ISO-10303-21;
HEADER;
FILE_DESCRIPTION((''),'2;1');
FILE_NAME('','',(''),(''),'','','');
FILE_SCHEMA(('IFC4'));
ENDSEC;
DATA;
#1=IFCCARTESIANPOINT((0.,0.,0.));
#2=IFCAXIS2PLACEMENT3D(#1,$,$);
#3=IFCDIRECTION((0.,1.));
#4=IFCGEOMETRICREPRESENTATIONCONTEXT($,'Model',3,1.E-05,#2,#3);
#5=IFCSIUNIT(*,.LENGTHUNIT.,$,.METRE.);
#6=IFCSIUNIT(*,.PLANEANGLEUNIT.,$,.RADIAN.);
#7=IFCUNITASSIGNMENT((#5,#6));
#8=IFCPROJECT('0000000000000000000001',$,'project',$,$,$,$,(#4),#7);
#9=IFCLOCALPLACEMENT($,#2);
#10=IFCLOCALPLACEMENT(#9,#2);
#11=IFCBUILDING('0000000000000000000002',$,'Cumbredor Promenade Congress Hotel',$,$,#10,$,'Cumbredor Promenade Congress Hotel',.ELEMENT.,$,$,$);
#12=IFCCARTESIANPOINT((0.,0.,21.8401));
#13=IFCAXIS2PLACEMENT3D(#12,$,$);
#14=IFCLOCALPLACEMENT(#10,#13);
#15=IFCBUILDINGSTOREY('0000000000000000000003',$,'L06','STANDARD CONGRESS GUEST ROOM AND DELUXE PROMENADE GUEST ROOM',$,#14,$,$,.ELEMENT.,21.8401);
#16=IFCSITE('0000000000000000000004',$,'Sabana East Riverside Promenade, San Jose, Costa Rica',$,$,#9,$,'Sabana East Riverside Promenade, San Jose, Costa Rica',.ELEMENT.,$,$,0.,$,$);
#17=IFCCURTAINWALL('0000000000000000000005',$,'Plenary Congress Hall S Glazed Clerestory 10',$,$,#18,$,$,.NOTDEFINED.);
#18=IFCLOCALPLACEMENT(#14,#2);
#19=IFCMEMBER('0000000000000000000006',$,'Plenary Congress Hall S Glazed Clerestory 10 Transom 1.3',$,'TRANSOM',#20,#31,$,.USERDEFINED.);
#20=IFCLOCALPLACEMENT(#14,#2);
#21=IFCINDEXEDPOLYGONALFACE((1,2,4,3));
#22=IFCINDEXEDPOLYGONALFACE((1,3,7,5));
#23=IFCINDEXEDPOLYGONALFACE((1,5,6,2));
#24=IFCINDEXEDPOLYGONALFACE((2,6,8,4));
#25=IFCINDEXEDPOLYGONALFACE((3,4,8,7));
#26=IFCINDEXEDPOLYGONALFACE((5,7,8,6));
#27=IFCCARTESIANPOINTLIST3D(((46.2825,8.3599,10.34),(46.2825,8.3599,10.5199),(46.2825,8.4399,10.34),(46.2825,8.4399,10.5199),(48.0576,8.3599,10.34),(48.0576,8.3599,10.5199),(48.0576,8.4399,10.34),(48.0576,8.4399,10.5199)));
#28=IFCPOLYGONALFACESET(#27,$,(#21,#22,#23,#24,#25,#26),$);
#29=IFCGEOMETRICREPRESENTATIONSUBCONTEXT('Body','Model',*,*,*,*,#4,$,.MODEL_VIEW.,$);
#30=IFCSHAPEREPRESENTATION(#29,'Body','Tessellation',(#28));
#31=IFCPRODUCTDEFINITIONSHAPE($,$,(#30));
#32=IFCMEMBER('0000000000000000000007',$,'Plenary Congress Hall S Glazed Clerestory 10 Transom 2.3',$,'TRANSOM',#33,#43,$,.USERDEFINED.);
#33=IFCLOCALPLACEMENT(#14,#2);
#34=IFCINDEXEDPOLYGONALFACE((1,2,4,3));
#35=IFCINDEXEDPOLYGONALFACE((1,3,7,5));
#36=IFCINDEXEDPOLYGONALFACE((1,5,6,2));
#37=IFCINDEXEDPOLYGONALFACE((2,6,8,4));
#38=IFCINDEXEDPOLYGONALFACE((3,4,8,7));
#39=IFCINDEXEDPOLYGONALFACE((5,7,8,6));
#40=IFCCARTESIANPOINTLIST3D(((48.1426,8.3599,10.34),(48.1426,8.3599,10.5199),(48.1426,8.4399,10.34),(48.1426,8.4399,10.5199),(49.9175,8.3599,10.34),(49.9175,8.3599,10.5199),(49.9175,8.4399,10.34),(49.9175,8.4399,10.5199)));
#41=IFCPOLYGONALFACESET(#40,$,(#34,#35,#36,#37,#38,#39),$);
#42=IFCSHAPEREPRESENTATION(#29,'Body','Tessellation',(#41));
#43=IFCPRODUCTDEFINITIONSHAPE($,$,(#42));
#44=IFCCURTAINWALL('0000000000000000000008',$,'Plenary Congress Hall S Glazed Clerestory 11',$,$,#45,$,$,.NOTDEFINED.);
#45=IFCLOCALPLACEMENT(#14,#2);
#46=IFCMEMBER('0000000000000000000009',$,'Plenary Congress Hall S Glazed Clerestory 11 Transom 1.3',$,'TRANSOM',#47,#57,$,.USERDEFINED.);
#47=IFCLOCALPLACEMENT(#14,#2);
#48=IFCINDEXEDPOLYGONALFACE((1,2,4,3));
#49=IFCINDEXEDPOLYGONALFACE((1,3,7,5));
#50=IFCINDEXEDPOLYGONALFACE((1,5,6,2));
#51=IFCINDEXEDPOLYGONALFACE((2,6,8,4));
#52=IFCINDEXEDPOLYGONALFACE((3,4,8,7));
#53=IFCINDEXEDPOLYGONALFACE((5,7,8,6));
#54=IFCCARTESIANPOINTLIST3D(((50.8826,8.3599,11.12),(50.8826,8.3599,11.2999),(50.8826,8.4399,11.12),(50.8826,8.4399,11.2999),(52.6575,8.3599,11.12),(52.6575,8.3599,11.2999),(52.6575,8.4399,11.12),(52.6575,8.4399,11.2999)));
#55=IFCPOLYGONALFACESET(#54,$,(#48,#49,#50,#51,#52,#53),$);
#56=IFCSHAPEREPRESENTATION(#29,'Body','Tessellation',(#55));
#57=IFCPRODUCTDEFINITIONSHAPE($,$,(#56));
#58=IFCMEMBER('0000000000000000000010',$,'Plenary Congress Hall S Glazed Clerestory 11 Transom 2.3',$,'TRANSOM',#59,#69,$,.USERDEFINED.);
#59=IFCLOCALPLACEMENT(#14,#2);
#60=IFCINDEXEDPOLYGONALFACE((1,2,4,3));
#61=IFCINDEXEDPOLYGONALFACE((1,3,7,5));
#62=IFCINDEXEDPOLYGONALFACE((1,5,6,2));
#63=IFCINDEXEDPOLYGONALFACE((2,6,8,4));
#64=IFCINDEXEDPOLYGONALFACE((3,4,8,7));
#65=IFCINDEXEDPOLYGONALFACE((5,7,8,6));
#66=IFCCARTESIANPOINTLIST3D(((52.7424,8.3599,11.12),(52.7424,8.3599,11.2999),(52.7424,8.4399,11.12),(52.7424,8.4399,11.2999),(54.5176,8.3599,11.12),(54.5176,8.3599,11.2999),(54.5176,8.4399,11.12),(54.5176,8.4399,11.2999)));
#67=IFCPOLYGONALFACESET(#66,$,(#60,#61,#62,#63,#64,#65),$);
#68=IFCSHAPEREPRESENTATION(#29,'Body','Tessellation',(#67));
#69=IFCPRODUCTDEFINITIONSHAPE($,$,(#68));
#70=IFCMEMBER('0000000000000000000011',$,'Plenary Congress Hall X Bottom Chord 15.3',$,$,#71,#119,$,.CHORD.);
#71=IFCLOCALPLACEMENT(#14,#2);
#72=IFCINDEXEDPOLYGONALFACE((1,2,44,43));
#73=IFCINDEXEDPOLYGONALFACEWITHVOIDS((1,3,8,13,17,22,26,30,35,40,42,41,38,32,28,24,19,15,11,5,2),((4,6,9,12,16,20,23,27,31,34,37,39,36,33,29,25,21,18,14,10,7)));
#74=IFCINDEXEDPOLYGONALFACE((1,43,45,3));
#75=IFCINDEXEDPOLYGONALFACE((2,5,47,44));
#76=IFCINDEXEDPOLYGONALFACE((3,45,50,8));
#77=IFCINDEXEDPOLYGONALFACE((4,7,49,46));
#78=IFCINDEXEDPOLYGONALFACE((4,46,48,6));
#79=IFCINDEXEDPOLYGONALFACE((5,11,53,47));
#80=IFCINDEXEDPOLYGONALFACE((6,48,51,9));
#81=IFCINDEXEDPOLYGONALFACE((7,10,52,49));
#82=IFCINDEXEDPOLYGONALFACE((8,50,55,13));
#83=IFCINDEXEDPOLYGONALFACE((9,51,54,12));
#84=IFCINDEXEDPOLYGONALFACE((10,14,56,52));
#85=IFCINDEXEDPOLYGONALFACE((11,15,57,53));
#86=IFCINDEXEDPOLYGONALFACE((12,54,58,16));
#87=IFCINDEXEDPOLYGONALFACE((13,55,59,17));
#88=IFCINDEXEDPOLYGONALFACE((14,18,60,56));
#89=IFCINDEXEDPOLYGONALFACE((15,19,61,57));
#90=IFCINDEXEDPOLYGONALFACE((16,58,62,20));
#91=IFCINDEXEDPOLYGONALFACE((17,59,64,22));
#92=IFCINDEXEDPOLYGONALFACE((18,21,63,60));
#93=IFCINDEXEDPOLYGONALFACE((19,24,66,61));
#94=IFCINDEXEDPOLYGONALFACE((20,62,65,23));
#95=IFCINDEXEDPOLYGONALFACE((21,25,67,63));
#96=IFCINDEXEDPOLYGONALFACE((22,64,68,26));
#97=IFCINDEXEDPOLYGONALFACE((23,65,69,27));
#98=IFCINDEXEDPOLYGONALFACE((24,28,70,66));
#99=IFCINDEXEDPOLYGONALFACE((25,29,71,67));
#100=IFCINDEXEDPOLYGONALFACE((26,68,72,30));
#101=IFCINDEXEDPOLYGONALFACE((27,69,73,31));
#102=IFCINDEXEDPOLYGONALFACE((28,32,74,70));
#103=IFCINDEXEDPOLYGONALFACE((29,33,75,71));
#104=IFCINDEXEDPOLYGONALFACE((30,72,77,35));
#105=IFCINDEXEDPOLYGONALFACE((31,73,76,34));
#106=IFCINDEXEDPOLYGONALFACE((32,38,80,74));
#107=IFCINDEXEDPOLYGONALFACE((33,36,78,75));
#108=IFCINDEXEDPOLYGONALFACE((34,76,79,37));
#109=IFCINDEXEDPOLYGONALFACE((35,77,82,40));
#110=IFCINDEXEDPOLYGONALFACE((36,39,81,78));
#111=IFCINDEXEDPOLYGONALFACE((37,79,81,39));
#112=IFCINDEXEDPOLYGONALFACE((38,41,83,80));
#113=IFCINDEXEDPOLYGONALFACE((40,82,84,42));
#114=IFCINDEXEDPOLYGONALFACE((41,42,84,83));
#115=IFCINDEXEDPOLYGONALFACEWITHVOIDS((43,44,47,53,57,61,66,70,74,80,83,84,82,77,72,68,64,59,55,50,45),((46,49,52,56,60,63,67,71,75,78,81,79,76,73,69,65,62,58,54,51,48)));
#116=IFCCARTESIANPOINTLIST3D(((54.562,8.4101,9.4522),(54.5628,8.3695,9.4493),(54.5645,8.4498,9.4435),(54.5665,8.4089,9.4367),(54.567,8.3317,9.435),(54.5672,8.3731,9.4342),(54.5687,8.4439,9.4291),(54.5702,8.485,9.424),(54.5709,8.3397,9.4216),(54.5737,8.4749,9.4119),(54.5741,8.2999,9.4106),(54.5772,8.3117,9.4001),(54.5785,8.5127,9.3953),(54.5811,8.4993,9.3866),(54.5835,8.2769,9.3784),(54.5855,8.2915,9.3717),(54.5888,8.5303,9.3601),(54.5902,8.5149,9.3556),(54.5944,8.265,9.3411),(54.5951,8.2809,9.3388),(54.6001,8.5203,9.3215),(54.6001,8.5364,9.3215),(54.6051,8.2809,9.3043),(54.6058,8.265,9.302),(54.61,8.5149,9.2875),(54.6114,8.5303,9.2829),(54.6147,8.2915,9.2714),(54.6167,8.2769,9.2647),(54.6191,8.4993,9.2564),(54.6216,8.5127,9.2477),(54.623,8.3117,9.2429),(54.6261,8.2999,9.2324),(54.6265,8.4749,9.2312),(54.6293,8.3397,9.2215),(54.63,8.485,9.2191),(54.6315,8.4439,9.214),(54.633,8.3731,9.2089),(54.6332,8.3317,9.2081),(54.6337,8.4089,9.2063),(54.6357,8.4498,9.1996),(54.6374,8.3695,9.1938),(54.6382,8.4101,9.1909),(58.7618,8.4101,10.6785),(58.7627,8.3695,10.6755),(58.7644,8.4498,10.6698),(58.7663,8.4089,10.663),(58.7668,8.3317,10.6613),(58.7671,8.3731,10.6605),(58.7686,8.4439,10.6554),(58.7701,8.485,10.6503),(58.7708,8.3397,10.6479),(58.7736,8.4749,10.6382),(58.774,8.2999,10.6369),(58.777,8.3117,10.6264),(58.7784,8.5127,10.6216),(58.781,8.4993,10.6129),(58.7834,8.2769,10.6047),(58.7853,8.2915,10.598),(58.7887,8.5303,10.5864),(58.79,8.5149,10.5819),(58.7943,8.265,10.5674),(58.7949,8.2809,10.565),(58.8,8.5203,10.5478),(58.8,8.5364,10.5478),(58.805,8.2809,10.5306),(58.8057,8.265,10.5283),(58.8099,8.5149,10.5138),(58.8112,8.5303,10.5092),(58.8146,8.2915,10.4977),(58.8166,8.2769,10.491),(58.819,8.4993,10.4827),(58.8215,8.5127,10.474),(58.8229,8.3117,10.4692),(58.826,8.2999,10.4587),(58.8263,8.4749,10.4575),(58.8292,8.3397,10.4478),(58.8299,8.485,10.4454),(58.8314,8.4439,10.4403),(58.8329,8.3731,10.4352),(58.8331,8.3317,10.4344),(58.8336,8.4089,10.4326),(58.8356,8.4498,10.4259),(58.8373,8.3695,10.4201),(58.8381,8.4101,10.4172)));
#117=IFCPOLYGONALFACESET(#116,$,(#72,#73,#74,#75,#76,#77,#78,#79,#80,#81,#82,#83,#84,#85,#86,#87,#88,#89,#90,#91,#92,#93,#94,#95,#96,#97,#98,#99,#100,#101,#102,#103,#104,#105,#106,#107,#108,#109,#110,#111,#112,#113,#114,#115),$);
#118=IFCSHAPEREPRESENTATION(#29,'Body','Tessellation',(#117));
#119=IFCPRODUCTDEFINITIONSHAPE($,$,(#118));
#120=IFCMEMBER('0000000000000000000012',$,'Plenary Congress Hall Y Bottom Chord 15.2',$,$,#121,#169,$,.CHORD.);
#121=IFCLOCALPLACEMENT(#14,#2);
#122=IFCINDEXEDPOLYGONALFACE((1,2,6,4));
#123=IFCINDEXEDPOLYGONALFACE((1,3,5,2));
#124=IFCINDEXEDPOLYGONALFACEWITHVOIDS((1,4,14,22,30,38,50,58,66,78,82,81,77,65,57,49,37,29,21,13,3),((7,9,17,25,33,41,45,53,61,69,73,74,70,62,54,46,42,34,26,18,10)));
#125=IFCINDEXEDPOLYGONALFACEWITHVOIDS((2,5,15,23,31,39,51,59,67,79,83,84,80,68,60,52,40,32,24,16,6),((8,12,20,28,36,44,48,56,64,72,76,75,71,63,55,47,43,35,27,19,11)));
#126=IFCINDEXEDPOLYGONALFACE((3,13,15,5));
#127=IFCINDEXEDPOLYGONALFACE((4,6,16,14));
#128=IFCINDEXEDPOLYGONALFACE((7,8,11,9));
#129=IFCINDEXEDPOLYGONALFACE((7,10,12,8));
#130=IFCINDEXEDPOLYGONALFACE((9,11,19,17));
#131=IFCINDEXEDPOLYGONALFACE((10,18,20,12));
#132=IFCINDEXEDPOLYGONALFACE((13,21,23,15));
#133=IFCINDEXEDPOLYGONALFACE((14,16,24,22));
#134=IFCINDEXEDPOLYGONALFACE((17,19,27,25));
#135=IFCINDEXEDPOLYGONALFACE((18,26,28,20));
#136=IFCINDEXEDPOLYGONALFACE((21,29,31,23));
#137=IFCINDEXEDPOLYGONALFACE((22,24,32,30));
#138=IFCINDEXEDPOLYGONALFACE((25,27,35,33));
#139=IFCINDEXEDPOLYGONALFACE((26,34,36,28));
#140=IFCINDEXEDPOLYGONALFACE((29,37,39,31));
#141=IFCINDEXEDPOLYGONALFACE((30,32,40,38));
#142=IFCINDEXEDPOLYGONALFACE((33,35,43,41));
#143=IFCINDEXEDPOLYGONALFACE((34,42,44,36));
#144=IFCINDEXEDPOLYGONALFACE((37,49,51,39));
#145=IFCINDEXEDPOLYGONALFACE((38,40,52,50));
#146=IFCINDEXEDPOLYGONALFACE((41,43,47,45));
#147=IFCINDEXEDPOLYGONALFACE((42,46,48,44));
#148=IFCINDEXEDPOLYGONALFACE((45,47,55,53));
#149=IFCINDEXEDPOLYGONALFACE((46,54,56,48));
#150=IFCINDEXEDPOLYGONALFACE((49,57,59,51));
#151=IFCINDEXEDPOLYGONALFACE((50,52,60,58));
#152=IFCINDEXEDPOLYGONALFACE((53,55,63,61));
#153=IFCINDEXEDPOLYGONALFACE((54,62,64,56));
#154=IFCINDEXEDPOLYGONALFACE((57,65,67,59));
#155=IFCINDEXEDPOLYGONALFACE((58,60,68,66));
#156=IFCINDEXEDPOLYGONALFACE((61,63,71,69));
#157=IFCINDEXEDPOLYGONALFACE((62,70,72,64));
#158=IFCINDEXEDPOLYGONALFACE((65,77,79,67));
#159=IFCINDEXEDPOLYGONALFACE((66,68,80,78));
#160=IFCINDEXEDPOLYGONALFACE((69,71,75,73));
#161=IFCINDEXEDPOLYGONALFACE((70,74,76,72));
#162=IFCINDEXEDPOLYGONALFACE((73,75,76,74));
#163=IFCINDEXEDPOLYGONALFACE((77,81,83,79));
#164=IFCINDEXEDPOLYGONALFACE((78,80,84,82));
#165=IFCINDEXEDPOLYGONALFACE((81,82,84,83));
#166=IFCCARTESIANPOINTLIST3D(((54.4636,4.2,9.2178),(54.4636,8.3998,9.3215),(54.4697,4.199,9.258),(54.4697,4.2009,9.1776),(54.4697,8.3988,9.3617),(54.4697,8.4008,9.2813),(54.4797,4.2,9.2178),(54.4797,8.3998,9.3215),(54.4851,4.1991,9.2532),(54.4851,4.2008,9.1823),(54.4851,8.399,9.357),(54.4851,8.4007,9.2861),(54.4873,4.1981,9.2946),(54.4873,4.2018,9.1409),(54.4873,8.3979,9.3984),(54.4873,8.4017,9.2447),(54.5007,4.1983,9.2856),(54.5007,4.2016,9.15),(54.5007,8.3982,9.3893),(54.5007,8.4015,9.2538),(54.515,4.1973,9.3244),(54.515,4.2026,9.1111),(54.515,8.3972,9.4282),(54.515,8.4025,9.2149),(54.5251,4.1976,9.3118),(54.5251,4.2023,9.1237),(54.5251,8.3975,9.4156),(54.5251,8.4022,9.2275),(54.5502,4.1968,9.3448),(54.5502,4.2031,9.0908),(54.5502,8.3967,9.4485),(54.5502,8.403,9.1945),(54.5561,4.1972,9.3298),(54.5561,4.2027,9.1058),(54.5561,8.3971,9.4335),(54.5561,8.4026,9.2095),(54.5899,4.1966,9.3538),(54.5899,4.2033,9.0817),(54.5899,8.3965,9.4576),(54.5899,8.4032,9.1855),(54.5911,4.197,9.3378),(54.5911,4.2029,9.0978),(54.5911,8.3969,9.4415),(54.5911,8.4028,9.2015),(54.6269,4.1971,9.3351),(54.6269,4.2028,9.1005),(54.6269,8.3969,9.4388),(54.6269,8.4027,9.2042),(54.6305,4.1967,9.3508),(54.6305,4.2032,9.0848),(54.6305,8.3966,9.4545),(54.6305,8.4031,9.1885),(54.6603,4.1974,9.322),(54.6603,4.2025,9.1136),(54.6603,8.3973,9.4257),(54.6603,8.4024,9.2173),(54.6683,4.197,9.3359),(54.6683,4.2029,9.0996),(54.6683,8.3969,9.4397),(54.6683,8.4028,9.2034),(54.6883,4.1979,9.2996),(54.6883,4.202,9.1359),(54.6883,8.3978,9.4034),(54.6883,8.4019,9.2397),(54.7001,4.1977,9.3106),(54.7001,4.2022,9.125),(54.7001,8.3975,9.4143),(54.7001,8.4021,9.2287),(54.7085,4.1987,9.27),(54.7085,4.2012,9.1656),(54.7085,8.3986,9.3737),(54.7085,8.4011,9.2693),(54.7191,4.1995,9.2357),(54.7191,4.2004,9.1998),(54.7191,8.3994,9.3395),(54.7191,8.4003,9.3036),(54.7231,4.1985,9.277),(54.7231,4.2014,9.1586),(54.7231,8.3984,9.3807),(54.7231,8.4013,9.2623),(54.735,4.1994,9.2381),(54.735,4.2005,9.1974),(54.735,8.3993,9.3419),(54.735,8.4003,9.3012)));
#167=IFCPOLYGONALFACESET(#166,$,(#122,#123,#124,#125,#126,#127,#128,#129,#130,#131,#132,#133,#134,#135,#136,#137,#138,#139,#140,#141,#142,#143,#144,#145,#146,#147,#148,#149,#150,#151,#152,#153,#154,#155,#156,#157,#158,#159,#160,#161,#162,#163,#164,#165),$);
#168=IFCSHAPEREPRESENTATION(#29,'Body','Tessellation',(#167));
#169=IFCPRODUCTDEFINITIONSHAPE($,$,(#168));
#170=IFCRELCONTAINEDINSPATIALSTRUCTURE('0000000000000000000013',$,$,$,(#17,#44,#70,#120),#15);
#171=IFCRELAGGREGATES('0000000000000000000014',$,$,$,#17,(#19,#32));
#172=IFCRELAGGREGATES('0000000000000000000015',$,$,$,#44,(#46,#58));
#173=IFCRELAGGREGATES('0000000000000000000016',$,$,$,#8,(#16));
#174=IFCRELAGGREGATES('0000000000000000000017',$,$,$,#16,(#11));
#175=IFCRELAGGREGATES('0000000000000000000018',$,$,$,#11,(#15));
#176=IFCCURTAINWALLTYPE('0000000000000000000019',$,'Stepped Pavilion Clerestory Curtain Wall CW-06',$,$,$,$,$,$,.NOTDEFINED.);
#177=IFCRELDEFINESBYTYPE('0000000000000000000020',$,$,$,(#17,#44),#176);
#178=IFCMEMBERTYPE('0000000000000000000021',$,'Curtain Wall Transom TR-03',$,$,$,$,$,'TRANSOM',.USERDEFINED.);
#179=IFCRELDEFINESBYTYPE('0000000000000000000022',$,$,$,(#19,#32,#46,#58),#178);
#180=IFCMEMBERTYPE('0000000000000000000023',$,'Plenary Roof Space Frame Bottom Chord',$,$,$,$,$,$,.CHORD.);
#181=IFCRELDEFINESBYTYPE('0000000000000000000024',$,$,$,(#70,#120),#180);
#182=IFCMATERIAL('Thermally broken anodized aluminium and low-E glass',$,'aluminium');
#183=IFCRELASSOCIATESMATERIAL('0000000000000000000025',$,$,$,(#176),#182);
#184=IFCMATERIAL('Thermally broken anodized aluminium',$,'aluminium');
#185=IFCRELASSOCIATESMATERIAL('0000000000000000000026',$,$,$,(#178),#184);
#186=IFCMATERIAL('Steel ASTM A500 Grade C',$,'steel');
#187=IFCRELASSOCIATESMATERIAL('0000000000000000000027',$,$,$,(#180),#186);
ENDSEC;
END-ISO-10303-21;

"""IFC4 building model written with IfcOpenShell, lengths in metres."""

from ifc_helpers import new_model, si_unit, direction, frame, origin, origin_2d, place, context, subcontext, project, spatial, rectangle, hollow_circle, extrude, material, material_profile, profile_set, type_object, element, aggregate, save


model = new_model("IFC4")

# Units and contexts
model_context = context("Model", 3, precision=1e-05, world=origin(), true_north=direction((0.0, 1.0)))
body_context = subcontext(model_context, "Body", "Model", "MODEL_VIEW")
ifc_project = project(units=[si_unit("LENGTHUNIT", "METRE"), si_unit("PLANEANGLEUNIT", "RADIAN")], contexts=[model_context])

# Site, building, storey
site_placement = place(None, origin())
site = spatial("IfcSite", under=ifc_project, at=site_placement, Name="Sabana East Riverside Promenade, San Jose, Costa Rica", LongName="Sabana East Riverside Promenade, San Jose, Costa Rica", CompositionType="ELEMENT", RefElevation=0.0)
building_placement = place(site_placement, origin())
building = spatial("IfcBuilding", under=site, at=building_placement, Name="Cumbredor Promenade Congress Hotel", LongName="Cumbredor Promenade Congress Hotel", CompositionType="ELEMENT")
storey_placement = place(building_placement, frame((0.0, 0.0, 21.8401)))
storey = spatial("IfcBuildingStorey", under=building, at=storey_placement, Name="L06", Description="STANDARD CONGRESS GUEST ROOM AND DELUXE PROMENADE GUEST ROOM", CompositionType="ELEMENT", Elevation=21.8401)

# Curtain walls, members
ifc_material_1 = material(Name="Thermally broken anodized aluminium and low-E glass", Category="aluminium")
curtain_wall_type = type_object("IfcCurtainWallType", Name="Stepped Pavilion Clerestory Curtain Wall CW-06", PredefinedType="NOTDEFINED", material=ifc_material_1)
curtain_wall_1_placement = place(storey_placement, origin())
curtain_wall_1 = element("IfcCurtainWall", 1, at=curtain_wall_1_placement, inside=storey, type_object=curtain_wall_type, Name="Plenary Congress Hall S Glazed Clerestory 10", PredefinedType="NOTDEFINED")
ifc_material_2 = material(Name="Thermally broken anodized aluminium", Category="aluminium")
ifc_material_profile_1 = material_profile(ifc_material_2, rectangle(XDim=0.0801, YDim=0.1799, at=origin_2d()), Name="ALU TRANSOM 80x180")
ifc_profile_set_1 = profile_set([ifc_material_profile_1], Name="Thermally broken anodized aluminium")
member_type_1 = type_object("IfcMemberType", Name="Curtain Wall Transom TR-03", ElementType="TRANSOM", PredefinedType="USERDEFINED", material=ifc_profile_set_1)
member_1_placement = place(storey_placement, frame((46.2825, 8.3999, 10.4299), z_axis=(1.0, 0.0, 0.0), x_axis=(0.0, 1.0, 0.0)))
member_1 = element("IfcMember", 2, at=member_1_placement, type_object=member_type_1, Name="Plenary Congress Hall S Glazed Clerestory 10 Transom 1.3", ObjectType="TRANSOM", PredefinedType="USERDEFINED", context=body_context, shape_type="SweptSolid", body=[
    extrude(rectangle(XDim=0.0801, YDim=0.1799, at=origin_2d()), origin(), (0.0, 0.0, 1.0), 1.7751),
])
member_2_placement = place(storey_placement, frame((48.1426, 8.3999, 10.4299), z_axis=(1.0, 0.0, 0.0), x_axis=(0.0, 1.0, 0.0)))
member_2 = element("IfcMember", 3, at=member_2_placement, type_object=member_type_1, Name="Plenary Congress Hall S Glazed Clerestory 10 Transom 2.3", ObjectType="TRANSOM", PredefinedType="USERDEFINED", context=body_context, shape_type="SweptSolid", body=[
    extrude(rectangle(XDim=0.0801, YDim=0.1799, at=origin_2d()), origin(), (0.0, 0.0, 1.0), 1.7749),
])
aggregate(curtain_wall_1, [member_1, member_2])
curtain_wall_2_placement = place(storey_placement, origin())
curtain_wall_2 = element("IfcCurtainWall", 4, at=curtain_wall_2_placement, inside=storey, type_object=curtain_wall_type, Name="Plenary Congress Hall S Glazed Clerestory 11", PredefinedType="NOTDEFINED")
member_3_placement = place(storey_placement, frame((50.8826, 8.3999, 11.21), z_axis=(1.0, 0.0, 0.0), x_axis=(0.0, 1.0, 0.0)))
member_3 = element("IfcMember", 5, at=member_3_placement, type_object=member_type_1, Name="Plenary Congress Hall S Glazed Clerestory 11 Transom 1.3", ObjectType="TRANSOM", PredefinedType="USERDEFINED", context=body_context, shape_type="SweptSolid", body=[
    extrude(rectangle(XDim=0.0801, YDim=0.1799, at=origin_2d()), origin(), (0.0, 0.0, 1.0), 1.7749),
])
member_4_placement = place(storey_placement, frame((52.7424, 8.3999, 11.21), z_axis=(1.0, 0.0, 0.0), x_axis=(0.0, 1.0, 0.0)))
member_4 = element("IfcMember", 6, at=member_4_placement, type_object=member_type_1, Name="Plenary Congress Hall S Glazed Clerestory 11 Transom 2.3", ObjectType="TRANSOM", PredefinedType="USERDEFINED", context=body_context, shape_type="SweptSolid", body=[
    extrude(rectangle(XDim=0.0801, YDim=0.1799, at=origin_2d()), origin(), (0.0, 0.0, 1.0), 1.7751),
])
aggregate(curtain_wall_2, [member_3, member_4])

# Members
ifc_material_3 = material(Name="Steel ASTM A500 Grade C", Category="steel")
ifc_material_profile_2 = material_profile(ifc_material_3, hollow_circle(Radius=0.1365, WallThickness=0.0161, at=origin_2d()), Name="CHS 273.0x16")
ifc_profile_set_2 = profile_set([ifc_material_profile_2], Name="Steel ASTM A500 Grade C")
member_type_2 = type_object("IfcMemberType", Name="Plenary Roof Space Frame Bottom Chord", PredefinedType="CHORD", material=ifc_profile_set_2)
member_5_placement = place(storey_placement, frame((54.6001, 8.3999, 9.3215), z_axis=(0.959918, 0.0, 0.280281), x_axis=(0.0, 1.0, 0.0)))
element("IfcMember", 7, at=member_5_placement, inside=storey, type_object=member_type_2, Name="Plenary Congress Hall X Bottom Chord 15.3", PredefinedType="CHORD", context=body_context, shape_type="SweptSolid", body=[
    extrude(hollow_circle(Radius=0.1365, WallThickness=0.0161, at=origin_2d()), origin(), (0.0, 0.0, 1.0), 4.3752),
])
for number, where, z_axis, x_axis, name in (
    (8, (54.6001, 4.2, 9.2178), (0.0, 0.999695, 0.024697), (-1.0, 0.0, 0.0), "Plenary Congress Hall Y Bottom Chord 15.2"),
):
    element("IfcMember", number, at=place(storey_placement, frame(where, z_axis=z_axis, x_axis=x_axis)), inside=storey, type_object=member_type_2, Name=name, PredefinedType="CHORD", context=body_context, shape_type="SweptSolid", body=[
        extrude(hollow_circle(Radius=0.1365, WallThickness=0.0161, at=origin_2d()), origin(), (0.0, 0.0, 1.0), 4.2012),
    ])

save(model, "model.ifc")
